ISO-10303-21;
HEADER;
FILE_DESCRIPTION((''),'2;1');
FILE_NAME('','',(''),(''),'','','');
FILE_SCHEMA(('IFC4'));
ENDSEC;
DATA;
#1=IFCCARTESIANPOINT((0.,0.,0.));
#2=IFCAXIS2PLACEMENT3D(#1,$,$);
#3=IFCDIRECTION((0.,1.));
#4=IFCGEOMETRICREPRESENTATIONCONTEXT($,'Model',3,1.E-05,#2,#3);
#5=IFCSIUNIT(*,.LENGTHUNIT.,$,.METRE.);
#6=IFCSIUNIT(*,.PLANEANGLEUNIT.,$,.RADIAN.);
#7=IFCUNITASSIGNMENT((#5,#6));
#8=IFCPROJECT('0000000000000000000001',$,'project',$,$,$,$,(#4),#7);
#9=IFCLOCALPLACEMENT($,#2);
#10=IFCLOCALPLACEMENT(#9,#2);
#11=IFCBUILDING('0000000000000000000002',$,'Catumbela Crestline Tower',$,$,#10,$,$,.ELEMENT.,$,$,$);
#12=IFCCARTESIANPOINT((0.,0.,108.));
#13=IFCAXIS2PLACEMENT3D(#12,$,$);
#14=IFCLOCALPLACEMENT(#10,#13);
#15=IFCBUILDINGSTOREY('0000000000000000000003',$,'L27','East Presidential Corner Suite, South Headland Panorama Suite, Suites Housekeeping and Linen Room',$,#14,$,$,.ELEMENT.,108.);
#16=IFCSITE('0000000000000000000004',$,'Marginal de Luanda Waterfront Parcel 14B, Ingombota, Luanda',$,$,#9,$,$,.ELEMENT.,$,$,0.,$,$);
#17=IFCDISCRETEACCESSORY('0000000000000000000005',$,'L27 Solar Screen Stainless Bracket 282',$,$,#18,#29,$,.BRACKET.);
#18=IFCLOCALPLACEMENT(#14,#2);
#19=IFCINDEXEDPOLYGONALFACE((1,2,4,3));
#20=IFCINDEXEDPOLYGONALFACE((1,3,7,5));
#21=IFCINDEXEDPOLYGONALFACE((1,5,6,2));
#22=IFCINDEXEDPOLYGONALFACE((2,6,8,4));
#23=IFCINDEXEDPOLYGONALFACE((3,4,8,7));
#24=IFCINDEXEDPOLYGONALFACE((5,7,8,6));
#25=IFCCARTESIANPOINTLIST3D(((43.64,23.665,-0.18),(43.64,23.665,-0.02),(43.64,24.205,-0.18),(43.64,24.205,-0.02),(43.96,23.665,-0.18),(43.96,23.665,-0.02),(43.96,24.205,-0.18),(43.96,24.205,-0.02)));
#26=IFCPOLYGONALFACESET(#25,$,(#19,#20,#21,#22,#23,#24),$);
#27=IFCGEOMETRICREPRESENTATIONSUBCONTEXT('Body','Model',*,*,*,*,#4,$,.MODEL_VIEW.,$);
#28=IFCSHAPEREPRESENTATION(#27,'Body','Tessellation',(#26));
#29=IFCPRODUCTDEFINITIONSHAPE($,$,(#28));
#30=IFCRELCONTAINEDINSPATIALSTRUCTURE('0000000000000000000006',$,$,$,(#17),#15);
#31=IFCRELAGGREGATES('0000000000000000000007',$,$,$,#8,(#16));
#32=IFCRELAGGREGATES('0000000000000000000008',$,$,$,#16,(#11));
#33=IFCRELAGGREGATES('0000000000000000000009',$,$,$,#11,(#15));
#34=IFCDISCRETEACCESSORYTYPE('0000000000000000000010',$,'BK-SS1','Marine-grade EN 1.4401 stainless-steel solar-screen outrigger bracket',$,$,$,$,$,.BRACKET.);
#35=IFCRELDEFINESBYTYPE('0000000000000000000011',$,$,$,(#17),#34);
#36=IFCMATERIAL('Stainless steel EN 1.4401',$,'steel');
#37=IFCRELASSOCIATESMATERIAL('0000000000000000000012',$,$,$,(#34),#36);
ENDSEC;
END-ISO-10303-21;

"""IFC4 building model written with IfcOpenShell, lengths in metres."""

from ifc_helpers import new_model, si_unit, direction, frame, origin, origin_2d, place, context, subcontext, project, spatial, rectangle, extrude, material, type_object, element, save


model = new_model("IFC4")

# Units and contexts
model_context = context("Model", 3, precision=1e-05, world=origin(), true_north=direction((0.0, 1.0)))
body_context = subcontext(model_context, "Body", "Model", "MODEL_VIEW")
ifc_project = project(units=[si_unit("LENGTHUNIT", "METRE"), si_unit("PLANEANGLEUNIT", "RADIAN")], contexts=[model_context])

# Site, building, storey
site_placement = place(None, origin())
site = spatial("IfcSite", under=ifc_project, at=site_placement, Name="Marginal de Luanda Waterfront Parcel 14B, Ingombota, Luanda", CompositionType="ELEMENT", RefElevation=0.0)
building_placement = place(site_placement, origin())
building = spatial("IfcBuilding", under=site, at=building_placement, Name="Catumbela Crestline Tower", CompositionType="ELEMENT")
storey_placement = place(building_placement, frame((0.0, 0.0, 108.0)))
storey = spatial("IfcBuildingStorey", under=building, at=storey_placement, Name="L27", Description="East Presidential Corner Suite, South Headland Panorama Suite, Suites Housekeeping and Linen Room", CompositionType="ELEMENT", Elevation=108.0)

# Discrete accessory
ifc_material_1 = material(Name="Stainless steel EN 1.4401", Category="steel")
discrete_accessory_type = type_object("IfcDiscreteAccessoryType", Name="BK-SS1", Description="Marine-grade EN 1.4401 stainless-steel solar-screen outrigger bracket", PredefinedType="BRACKET", material=ifc_material_1)
discrete_accessory_placement = place(storey_placement, frame((43.8, 23.935, -0.18), z_axis=(0.0, 0.0, 1.0), x_axis=(1.0, 0.0, 0.0)))
element("IfcDiscreteAccessory", 1, at=discrete_accessory_placement, inside=storey, type_object=discrete_accessory_type, Name="L27 Solar Screen Stainless Bracket 282", PredefinedType="BRACKET", context=body_context, shape_type="SweptSolid", body=[
    extrude(rectangle(XDim=0.32, YDim=0.54, at=origin_2d()), origin(), (0.0, 0.0, 1.0), 0.16),
])

save(model, "model.ifc")
